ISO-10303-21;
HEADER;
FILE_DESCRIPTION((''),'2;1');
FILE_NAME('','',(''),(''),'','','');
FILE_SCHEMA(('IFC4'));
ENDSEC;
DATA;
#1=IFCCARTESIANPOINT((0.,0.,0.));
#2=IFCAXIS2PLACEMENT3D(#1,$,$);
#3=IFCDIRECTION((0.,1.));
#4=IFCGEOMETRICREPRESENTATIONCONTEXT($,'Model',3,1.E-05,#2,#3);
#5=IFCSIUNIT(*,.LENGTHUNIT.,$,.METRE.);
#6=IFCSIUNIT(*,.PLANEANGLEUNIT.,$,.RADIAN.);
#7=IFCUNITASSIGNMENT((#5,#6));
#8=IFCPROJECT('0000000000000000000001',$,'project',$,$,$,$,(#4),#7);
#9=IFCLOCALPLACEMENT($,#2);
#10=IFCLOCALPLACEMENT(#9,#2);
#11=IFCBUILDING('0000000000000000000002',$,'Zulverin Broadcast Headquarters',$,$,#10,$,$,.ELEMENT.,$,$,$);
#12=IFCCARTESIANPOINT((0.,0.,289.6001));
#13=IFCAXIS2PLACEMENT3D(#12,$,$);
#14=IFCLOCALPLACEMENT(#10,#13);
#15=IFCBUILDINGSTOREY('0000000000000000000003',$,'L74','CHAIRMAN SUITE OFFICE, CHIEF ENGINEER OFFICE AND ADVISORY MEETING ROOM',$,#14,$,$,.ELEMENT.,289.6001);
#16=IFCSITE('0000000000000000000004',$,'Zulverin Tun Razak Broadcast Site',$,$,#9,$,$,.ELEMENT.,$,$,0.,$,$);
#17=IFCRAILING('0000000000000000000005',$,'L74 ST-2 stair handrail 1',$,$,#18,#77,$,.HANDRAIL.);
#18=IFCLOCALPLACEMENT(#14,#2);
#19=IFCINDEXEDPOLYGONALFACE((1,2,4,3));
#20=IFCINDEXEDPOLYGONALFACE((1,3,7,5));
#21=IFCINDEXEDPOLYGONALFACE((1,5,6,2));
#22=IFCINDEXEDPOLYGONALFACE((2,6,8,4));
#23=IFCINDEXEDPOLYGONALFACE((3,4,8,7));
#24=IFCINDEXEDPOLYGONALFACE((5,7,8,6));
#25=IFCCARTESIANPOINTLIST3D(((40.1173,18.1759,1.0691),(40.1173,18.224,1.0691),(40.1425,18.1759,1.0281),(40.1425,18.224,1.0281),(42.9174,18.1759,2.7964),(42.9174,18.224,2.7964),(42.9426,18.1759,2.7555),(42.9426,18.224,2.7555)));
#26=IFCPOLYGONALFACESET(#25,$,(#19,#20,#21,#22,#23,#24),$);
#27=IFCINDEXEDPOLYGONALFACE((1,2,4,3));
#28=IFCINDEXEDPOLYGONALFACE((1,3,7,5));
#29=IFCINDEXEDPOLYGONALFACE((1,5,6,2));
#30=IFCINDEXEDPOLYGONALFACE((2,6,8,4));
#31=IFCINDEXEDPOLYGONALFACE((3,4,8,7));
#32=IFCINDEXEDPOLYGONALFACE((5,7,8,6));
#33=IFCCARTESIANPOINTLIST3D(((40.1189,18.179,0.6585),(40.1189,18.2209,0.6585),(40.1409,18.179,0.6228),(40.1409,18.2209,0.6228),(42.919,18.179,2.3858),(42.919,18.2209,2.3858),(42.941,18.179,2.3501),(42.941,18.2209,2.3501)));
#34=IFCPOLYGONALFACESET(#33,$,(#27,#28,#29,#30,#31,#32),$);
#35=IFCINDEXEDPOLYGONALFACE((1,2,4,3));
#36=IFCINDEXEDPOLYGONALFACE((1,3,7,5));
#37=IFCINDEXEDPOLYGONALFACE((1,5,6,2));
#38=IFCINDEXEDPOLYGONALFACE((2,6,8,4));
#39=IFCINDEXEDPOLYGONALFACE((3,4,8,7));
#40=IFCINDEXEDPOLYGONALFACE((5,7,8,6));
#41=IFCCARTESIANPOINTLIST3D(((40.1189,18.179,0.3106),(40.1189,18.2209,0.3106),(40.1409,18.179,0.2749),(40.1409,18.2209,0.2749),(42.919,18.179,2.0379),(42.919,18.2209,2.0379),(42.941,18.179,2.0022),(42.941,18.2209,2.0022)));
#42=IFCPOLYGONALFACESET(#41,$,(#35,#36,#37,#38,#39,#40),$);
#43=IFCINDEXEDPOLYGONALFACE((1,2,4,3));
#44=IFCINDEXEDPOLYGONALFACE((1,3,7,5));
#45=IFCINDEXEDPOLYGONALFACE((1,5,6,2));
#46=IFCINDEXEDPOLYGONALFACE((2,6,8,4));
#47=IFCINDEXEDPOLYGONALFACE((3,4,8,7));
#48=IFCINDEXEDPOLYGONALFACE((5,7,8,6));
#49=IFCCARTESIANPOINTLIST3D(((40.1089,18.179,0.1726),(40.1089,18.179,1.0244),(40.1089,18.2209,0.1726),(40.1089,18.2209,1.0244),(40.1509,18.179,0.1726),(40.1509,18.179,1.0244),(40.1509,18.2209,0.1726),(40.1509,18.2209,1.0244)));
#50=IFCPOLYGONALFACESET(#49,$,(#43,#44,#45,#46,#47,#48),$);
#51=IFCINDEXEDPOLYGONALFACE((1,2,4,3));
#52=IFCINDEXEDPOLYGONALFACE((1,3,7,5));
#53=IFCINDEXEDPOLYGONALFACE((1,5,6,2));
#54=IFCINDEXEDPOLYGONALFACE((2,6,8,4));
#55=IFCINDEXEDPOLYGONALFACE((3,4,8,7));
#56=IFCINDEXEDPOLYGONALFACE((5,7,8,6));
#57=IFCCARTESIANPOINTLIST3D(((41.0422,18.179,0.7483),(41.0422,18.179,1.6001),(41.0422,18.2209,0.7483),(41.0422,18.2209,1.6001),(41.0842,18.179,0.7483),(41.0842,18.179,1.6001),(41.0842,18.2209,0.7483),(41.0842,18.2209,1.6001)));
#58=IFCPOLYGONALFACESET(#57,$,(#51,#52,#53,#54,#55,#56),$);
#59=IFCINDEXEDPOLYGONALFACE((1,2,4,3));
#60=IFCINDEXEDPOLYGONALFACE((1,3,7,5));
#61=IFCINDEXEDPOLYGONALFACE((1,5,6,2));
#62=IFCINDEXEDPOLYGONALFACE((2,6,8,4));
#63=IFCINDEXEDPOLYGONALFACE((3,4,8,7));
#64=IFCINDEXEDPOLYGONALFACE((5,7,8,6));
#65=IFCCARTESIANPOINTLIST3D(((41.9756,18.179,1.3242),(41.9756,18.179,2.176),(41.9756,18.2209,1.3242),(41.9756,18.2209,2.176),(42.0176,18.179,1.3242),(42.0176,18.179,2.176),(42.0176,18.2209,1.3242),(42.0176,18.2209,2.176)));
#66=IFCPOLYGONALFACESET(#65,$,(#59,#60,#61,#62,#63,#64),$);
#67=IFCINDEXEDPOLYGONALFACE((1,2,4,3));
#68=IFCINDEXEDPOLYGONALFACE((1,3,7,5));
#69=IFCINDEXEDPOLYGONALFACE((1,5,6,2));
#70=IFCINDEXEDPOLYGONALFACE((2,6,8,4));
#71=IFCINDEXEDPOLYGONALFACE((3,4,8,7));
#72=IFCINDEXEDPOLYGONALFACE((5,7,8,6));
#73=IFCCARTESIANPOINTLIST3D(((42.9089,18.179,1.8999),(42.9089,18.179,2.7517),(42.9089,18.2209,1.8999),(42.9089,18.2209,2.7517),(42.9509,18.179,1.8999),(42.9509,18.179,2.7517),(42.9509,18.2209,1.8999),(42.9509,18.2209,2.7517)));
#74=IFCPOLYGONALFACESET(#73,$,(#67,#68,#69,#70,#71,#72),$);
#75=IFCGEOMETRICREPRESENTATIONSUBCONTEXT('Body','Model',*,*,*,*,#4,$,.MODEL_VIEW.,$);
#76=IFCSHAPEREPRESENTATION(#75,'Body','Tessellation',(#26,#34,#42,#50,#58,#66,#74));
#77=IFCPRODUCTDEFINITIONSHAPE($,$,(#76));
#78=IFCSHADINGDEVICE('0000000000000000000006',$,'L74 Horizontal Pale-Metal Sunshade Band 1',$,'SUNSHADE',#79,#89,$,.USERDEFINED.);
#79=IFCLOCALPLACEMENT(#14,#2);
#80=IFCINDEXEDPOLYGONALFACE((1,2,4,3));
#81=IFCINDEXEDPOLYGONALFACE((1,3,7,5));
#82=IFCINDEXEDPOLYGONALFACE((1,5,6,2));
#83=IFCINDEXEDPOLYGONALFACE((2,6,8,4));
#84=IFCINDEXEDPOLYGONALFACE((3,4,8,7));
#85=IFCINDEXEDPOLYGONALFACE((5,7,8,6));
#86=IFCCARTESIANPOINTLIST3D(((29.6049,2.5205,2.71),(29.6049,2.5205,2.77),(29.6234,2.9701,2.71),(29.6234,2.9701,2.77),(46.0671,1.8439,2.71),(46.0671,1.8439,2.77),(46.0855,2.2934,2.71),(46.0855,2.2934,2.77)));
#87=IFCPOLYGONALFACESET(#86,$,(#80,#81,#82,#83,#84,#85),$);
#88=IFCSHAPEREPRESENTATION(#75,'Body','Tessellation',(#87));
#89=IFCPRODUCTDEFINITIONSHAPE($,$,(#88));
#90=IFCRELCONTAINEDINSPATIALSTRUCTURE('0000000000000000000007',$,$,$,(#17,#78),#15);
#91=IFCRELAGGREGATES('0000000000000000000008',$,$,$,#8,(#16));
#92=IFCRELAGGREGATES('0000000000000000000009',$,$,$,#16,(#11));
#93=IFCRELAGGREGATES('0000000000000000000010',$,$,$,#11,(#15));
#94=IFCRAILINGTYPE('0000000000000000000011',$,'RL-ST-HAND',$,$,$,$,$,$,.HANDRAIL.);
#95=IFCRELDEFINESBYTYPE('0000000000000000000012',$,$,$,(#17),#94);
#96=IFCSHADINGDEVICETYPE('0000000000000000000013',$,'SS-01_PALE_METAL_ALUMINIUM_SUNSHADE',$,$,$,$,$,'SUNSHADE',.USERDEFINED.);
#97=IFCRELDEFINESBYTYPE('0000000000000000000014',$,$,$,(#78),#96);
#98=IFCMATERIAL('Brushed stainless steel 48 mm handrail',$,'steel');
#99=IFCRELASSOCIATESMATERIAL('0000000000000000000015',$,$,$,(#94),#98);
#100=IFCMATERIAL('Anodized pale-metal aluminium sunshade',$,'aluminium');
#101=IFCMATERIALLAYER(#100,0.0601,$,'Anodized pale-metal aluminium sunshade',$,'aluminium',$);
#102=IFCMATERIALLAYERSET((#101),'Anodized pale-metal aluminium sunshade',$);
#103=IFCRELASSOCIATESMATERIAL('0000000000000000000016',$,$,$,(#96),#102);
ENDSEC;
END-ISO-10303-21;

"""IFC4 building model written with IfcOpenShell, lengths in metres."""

from ifc_helpers import new_model, si_unit, direction, frame, origin, origin_2d, place, context, subcontext, project, spatial, rectangle, extrude, material, layer, layer_set, type_object, element, save


model = new_model("IFC4")

# Units and contexts
model_context = context("Model", 3, precision=1e-05, world=origin(), true_north=direction((0.0, 1.0)))
body_context = subcontext(model_context, "Body", "Model", "MODEL_VIEW")
ifc_project = project(units=[si_unit("LENGTHUNIT", "METRE"), si_unit("PLANEANGLEUNIT", "RADIAN")], contexts=[model_context])

# Site, building, storey
site_placement = place(None, origin())
site = spatial("IfcSite", under=ifc_project, at=site_placement, Name="Zulverin Tun Razak Broadcast Site", CompositionType="ELEMENT", RefElevation=0.0)
building_placement = place(site_placement, origin())
building = spatial("IfcBuilding", under=site, at=building_placement, Name="Zulverin Broadcast Headquarters", CompositionType="ELEMENT")
storey_placement = place(building_placement, frame((0.0, 0.0, 289.6001)))
storey = spatial("IfcBuildingStorey", under=building, at=storey_placement, Name="L74", Description="CHAIRMAN SUITE OFFICE, CHIEF ENGINEER OFFICE AND ADVISORY MEETING ROOM", CompositionType="ELEMENT", Elevation=289.6001)

# Railing
ifc_material_1 = material(Name="Brushed stainless steel 48 mm handrail", Category="steel")
railing_type_1 = type_object("IfcRailingType", Name="RL-ST-HAND", PredefinedType="HANDRAIL", material=ifc_material_1)
railing_1_placement = place(storey_placement, frame((40.1299, 18.2, 0.1726)))
element("IfcRailing", 1, at=railing_1_placement, inside=storey, type_object=railing_type_1, Name="L74 ST-2 stair handrail 1", PredefinedType="HANDRAIL", context=body_context, shape_type="SweptSolid", body=[
    extrude(rectangle(XDim=0.0481, YDim=0.0481, at=origin_2d()), frame((0.0, 0.0, 0.876), z_axis=(0.85109, 0.0, 0.52502), x_axis=(0.0, 1.0, 0.0)), (0.0, 0.0, 1.0), 3.29),
    extrude(rectangle(XDim=0.042, YDim=0.042, at=origin_2d()), frame((0.0, 0.0, 0.468), z_axis=(0.85109, 0.0, 0.52502), x_axis=(0.0, 1.0, 0.0)), (0.0, 0.0, 1.0), 3.29),
    extrude(rectangle(XDim=0.042, YDim=0.042, at=origin_2d()), frame((0.0, 0.0, 0.1201), z_axis=(0.85109, 0.0, 0.52502), x_axis=(0.0, 1.0, 0.0)), (0.0, 0.0, 1.0), 3.29),
    extrude(rectangle(XDim=0.042, YDim=0.042, at=origin_2d()), origin(), (0.0, 0.0, 1.0), 0.8518),
    extrude(rectangle(XDim=0.042, YDim=0.042, at=origin_2d()), frame((0.9333, 0.0, 0.5757)), (0.0, 0.0, 1.0), 0.8518),
    extrude(rectangle(XDim=0.042, YDim=0.042, at=origin_2d()), frame((1.8667, 0.0, 1.1516)), (0.0, 0.0, 1.0), 0.8518),
    extrude(rectangle(XDim=0.042, YDim=0.042, at=origin_2d()), frame((2.8, 0.0, 1.7273)), (0.0, 0.0, 1.0), 0.8518),
])

# Shading device
ifc_material_2 = material(Name="Anodized pale-metal aluminium sunshade", Category="aluminium")
ifc_layer_1 = layer(ifc_material_2, 0.0601, Name="Anodized pale-metal aluminium sunshade", Category="aluminium")
ifc_layer_set_1 = layer_set([ifc_layer_1], Name="Anodized pale-metal aluminium sunshade")
shading_device_type = type_object("IfcShadingDeviceType", Name="SS-01_PALE_METAL_ALUMINIUM_SUNSHADE", ElementType="SUNSHADE", PredefinedType="USERDEFINED", material=ifc_layer_set_1)
shading_device_placement = place(storey_placement, frame((37.8452, 2.407, 2.71), z_axis=(0.0, 0.0, 1.0), x_axis=(0.999156, -0.04107, 0.0)))
element("IfcShadingDevice", 2, at=shading_device_placement, inside=storey, type_object=shading_device_type, Name="L74 Horizontal Pale-Metal Sunshade Band 1", ObjectType="SUNSHADE", PredefinedType="USERDEFINED", context=body_context, shape_type="SweptSolid", body=[
    extrude(rectangle(XDim=16.4761, YDim=0.45, at=origin_2d()), origin(), (0.0, 0.0, 1.0), 0.0601),
])

save(model, "model.ifc")
